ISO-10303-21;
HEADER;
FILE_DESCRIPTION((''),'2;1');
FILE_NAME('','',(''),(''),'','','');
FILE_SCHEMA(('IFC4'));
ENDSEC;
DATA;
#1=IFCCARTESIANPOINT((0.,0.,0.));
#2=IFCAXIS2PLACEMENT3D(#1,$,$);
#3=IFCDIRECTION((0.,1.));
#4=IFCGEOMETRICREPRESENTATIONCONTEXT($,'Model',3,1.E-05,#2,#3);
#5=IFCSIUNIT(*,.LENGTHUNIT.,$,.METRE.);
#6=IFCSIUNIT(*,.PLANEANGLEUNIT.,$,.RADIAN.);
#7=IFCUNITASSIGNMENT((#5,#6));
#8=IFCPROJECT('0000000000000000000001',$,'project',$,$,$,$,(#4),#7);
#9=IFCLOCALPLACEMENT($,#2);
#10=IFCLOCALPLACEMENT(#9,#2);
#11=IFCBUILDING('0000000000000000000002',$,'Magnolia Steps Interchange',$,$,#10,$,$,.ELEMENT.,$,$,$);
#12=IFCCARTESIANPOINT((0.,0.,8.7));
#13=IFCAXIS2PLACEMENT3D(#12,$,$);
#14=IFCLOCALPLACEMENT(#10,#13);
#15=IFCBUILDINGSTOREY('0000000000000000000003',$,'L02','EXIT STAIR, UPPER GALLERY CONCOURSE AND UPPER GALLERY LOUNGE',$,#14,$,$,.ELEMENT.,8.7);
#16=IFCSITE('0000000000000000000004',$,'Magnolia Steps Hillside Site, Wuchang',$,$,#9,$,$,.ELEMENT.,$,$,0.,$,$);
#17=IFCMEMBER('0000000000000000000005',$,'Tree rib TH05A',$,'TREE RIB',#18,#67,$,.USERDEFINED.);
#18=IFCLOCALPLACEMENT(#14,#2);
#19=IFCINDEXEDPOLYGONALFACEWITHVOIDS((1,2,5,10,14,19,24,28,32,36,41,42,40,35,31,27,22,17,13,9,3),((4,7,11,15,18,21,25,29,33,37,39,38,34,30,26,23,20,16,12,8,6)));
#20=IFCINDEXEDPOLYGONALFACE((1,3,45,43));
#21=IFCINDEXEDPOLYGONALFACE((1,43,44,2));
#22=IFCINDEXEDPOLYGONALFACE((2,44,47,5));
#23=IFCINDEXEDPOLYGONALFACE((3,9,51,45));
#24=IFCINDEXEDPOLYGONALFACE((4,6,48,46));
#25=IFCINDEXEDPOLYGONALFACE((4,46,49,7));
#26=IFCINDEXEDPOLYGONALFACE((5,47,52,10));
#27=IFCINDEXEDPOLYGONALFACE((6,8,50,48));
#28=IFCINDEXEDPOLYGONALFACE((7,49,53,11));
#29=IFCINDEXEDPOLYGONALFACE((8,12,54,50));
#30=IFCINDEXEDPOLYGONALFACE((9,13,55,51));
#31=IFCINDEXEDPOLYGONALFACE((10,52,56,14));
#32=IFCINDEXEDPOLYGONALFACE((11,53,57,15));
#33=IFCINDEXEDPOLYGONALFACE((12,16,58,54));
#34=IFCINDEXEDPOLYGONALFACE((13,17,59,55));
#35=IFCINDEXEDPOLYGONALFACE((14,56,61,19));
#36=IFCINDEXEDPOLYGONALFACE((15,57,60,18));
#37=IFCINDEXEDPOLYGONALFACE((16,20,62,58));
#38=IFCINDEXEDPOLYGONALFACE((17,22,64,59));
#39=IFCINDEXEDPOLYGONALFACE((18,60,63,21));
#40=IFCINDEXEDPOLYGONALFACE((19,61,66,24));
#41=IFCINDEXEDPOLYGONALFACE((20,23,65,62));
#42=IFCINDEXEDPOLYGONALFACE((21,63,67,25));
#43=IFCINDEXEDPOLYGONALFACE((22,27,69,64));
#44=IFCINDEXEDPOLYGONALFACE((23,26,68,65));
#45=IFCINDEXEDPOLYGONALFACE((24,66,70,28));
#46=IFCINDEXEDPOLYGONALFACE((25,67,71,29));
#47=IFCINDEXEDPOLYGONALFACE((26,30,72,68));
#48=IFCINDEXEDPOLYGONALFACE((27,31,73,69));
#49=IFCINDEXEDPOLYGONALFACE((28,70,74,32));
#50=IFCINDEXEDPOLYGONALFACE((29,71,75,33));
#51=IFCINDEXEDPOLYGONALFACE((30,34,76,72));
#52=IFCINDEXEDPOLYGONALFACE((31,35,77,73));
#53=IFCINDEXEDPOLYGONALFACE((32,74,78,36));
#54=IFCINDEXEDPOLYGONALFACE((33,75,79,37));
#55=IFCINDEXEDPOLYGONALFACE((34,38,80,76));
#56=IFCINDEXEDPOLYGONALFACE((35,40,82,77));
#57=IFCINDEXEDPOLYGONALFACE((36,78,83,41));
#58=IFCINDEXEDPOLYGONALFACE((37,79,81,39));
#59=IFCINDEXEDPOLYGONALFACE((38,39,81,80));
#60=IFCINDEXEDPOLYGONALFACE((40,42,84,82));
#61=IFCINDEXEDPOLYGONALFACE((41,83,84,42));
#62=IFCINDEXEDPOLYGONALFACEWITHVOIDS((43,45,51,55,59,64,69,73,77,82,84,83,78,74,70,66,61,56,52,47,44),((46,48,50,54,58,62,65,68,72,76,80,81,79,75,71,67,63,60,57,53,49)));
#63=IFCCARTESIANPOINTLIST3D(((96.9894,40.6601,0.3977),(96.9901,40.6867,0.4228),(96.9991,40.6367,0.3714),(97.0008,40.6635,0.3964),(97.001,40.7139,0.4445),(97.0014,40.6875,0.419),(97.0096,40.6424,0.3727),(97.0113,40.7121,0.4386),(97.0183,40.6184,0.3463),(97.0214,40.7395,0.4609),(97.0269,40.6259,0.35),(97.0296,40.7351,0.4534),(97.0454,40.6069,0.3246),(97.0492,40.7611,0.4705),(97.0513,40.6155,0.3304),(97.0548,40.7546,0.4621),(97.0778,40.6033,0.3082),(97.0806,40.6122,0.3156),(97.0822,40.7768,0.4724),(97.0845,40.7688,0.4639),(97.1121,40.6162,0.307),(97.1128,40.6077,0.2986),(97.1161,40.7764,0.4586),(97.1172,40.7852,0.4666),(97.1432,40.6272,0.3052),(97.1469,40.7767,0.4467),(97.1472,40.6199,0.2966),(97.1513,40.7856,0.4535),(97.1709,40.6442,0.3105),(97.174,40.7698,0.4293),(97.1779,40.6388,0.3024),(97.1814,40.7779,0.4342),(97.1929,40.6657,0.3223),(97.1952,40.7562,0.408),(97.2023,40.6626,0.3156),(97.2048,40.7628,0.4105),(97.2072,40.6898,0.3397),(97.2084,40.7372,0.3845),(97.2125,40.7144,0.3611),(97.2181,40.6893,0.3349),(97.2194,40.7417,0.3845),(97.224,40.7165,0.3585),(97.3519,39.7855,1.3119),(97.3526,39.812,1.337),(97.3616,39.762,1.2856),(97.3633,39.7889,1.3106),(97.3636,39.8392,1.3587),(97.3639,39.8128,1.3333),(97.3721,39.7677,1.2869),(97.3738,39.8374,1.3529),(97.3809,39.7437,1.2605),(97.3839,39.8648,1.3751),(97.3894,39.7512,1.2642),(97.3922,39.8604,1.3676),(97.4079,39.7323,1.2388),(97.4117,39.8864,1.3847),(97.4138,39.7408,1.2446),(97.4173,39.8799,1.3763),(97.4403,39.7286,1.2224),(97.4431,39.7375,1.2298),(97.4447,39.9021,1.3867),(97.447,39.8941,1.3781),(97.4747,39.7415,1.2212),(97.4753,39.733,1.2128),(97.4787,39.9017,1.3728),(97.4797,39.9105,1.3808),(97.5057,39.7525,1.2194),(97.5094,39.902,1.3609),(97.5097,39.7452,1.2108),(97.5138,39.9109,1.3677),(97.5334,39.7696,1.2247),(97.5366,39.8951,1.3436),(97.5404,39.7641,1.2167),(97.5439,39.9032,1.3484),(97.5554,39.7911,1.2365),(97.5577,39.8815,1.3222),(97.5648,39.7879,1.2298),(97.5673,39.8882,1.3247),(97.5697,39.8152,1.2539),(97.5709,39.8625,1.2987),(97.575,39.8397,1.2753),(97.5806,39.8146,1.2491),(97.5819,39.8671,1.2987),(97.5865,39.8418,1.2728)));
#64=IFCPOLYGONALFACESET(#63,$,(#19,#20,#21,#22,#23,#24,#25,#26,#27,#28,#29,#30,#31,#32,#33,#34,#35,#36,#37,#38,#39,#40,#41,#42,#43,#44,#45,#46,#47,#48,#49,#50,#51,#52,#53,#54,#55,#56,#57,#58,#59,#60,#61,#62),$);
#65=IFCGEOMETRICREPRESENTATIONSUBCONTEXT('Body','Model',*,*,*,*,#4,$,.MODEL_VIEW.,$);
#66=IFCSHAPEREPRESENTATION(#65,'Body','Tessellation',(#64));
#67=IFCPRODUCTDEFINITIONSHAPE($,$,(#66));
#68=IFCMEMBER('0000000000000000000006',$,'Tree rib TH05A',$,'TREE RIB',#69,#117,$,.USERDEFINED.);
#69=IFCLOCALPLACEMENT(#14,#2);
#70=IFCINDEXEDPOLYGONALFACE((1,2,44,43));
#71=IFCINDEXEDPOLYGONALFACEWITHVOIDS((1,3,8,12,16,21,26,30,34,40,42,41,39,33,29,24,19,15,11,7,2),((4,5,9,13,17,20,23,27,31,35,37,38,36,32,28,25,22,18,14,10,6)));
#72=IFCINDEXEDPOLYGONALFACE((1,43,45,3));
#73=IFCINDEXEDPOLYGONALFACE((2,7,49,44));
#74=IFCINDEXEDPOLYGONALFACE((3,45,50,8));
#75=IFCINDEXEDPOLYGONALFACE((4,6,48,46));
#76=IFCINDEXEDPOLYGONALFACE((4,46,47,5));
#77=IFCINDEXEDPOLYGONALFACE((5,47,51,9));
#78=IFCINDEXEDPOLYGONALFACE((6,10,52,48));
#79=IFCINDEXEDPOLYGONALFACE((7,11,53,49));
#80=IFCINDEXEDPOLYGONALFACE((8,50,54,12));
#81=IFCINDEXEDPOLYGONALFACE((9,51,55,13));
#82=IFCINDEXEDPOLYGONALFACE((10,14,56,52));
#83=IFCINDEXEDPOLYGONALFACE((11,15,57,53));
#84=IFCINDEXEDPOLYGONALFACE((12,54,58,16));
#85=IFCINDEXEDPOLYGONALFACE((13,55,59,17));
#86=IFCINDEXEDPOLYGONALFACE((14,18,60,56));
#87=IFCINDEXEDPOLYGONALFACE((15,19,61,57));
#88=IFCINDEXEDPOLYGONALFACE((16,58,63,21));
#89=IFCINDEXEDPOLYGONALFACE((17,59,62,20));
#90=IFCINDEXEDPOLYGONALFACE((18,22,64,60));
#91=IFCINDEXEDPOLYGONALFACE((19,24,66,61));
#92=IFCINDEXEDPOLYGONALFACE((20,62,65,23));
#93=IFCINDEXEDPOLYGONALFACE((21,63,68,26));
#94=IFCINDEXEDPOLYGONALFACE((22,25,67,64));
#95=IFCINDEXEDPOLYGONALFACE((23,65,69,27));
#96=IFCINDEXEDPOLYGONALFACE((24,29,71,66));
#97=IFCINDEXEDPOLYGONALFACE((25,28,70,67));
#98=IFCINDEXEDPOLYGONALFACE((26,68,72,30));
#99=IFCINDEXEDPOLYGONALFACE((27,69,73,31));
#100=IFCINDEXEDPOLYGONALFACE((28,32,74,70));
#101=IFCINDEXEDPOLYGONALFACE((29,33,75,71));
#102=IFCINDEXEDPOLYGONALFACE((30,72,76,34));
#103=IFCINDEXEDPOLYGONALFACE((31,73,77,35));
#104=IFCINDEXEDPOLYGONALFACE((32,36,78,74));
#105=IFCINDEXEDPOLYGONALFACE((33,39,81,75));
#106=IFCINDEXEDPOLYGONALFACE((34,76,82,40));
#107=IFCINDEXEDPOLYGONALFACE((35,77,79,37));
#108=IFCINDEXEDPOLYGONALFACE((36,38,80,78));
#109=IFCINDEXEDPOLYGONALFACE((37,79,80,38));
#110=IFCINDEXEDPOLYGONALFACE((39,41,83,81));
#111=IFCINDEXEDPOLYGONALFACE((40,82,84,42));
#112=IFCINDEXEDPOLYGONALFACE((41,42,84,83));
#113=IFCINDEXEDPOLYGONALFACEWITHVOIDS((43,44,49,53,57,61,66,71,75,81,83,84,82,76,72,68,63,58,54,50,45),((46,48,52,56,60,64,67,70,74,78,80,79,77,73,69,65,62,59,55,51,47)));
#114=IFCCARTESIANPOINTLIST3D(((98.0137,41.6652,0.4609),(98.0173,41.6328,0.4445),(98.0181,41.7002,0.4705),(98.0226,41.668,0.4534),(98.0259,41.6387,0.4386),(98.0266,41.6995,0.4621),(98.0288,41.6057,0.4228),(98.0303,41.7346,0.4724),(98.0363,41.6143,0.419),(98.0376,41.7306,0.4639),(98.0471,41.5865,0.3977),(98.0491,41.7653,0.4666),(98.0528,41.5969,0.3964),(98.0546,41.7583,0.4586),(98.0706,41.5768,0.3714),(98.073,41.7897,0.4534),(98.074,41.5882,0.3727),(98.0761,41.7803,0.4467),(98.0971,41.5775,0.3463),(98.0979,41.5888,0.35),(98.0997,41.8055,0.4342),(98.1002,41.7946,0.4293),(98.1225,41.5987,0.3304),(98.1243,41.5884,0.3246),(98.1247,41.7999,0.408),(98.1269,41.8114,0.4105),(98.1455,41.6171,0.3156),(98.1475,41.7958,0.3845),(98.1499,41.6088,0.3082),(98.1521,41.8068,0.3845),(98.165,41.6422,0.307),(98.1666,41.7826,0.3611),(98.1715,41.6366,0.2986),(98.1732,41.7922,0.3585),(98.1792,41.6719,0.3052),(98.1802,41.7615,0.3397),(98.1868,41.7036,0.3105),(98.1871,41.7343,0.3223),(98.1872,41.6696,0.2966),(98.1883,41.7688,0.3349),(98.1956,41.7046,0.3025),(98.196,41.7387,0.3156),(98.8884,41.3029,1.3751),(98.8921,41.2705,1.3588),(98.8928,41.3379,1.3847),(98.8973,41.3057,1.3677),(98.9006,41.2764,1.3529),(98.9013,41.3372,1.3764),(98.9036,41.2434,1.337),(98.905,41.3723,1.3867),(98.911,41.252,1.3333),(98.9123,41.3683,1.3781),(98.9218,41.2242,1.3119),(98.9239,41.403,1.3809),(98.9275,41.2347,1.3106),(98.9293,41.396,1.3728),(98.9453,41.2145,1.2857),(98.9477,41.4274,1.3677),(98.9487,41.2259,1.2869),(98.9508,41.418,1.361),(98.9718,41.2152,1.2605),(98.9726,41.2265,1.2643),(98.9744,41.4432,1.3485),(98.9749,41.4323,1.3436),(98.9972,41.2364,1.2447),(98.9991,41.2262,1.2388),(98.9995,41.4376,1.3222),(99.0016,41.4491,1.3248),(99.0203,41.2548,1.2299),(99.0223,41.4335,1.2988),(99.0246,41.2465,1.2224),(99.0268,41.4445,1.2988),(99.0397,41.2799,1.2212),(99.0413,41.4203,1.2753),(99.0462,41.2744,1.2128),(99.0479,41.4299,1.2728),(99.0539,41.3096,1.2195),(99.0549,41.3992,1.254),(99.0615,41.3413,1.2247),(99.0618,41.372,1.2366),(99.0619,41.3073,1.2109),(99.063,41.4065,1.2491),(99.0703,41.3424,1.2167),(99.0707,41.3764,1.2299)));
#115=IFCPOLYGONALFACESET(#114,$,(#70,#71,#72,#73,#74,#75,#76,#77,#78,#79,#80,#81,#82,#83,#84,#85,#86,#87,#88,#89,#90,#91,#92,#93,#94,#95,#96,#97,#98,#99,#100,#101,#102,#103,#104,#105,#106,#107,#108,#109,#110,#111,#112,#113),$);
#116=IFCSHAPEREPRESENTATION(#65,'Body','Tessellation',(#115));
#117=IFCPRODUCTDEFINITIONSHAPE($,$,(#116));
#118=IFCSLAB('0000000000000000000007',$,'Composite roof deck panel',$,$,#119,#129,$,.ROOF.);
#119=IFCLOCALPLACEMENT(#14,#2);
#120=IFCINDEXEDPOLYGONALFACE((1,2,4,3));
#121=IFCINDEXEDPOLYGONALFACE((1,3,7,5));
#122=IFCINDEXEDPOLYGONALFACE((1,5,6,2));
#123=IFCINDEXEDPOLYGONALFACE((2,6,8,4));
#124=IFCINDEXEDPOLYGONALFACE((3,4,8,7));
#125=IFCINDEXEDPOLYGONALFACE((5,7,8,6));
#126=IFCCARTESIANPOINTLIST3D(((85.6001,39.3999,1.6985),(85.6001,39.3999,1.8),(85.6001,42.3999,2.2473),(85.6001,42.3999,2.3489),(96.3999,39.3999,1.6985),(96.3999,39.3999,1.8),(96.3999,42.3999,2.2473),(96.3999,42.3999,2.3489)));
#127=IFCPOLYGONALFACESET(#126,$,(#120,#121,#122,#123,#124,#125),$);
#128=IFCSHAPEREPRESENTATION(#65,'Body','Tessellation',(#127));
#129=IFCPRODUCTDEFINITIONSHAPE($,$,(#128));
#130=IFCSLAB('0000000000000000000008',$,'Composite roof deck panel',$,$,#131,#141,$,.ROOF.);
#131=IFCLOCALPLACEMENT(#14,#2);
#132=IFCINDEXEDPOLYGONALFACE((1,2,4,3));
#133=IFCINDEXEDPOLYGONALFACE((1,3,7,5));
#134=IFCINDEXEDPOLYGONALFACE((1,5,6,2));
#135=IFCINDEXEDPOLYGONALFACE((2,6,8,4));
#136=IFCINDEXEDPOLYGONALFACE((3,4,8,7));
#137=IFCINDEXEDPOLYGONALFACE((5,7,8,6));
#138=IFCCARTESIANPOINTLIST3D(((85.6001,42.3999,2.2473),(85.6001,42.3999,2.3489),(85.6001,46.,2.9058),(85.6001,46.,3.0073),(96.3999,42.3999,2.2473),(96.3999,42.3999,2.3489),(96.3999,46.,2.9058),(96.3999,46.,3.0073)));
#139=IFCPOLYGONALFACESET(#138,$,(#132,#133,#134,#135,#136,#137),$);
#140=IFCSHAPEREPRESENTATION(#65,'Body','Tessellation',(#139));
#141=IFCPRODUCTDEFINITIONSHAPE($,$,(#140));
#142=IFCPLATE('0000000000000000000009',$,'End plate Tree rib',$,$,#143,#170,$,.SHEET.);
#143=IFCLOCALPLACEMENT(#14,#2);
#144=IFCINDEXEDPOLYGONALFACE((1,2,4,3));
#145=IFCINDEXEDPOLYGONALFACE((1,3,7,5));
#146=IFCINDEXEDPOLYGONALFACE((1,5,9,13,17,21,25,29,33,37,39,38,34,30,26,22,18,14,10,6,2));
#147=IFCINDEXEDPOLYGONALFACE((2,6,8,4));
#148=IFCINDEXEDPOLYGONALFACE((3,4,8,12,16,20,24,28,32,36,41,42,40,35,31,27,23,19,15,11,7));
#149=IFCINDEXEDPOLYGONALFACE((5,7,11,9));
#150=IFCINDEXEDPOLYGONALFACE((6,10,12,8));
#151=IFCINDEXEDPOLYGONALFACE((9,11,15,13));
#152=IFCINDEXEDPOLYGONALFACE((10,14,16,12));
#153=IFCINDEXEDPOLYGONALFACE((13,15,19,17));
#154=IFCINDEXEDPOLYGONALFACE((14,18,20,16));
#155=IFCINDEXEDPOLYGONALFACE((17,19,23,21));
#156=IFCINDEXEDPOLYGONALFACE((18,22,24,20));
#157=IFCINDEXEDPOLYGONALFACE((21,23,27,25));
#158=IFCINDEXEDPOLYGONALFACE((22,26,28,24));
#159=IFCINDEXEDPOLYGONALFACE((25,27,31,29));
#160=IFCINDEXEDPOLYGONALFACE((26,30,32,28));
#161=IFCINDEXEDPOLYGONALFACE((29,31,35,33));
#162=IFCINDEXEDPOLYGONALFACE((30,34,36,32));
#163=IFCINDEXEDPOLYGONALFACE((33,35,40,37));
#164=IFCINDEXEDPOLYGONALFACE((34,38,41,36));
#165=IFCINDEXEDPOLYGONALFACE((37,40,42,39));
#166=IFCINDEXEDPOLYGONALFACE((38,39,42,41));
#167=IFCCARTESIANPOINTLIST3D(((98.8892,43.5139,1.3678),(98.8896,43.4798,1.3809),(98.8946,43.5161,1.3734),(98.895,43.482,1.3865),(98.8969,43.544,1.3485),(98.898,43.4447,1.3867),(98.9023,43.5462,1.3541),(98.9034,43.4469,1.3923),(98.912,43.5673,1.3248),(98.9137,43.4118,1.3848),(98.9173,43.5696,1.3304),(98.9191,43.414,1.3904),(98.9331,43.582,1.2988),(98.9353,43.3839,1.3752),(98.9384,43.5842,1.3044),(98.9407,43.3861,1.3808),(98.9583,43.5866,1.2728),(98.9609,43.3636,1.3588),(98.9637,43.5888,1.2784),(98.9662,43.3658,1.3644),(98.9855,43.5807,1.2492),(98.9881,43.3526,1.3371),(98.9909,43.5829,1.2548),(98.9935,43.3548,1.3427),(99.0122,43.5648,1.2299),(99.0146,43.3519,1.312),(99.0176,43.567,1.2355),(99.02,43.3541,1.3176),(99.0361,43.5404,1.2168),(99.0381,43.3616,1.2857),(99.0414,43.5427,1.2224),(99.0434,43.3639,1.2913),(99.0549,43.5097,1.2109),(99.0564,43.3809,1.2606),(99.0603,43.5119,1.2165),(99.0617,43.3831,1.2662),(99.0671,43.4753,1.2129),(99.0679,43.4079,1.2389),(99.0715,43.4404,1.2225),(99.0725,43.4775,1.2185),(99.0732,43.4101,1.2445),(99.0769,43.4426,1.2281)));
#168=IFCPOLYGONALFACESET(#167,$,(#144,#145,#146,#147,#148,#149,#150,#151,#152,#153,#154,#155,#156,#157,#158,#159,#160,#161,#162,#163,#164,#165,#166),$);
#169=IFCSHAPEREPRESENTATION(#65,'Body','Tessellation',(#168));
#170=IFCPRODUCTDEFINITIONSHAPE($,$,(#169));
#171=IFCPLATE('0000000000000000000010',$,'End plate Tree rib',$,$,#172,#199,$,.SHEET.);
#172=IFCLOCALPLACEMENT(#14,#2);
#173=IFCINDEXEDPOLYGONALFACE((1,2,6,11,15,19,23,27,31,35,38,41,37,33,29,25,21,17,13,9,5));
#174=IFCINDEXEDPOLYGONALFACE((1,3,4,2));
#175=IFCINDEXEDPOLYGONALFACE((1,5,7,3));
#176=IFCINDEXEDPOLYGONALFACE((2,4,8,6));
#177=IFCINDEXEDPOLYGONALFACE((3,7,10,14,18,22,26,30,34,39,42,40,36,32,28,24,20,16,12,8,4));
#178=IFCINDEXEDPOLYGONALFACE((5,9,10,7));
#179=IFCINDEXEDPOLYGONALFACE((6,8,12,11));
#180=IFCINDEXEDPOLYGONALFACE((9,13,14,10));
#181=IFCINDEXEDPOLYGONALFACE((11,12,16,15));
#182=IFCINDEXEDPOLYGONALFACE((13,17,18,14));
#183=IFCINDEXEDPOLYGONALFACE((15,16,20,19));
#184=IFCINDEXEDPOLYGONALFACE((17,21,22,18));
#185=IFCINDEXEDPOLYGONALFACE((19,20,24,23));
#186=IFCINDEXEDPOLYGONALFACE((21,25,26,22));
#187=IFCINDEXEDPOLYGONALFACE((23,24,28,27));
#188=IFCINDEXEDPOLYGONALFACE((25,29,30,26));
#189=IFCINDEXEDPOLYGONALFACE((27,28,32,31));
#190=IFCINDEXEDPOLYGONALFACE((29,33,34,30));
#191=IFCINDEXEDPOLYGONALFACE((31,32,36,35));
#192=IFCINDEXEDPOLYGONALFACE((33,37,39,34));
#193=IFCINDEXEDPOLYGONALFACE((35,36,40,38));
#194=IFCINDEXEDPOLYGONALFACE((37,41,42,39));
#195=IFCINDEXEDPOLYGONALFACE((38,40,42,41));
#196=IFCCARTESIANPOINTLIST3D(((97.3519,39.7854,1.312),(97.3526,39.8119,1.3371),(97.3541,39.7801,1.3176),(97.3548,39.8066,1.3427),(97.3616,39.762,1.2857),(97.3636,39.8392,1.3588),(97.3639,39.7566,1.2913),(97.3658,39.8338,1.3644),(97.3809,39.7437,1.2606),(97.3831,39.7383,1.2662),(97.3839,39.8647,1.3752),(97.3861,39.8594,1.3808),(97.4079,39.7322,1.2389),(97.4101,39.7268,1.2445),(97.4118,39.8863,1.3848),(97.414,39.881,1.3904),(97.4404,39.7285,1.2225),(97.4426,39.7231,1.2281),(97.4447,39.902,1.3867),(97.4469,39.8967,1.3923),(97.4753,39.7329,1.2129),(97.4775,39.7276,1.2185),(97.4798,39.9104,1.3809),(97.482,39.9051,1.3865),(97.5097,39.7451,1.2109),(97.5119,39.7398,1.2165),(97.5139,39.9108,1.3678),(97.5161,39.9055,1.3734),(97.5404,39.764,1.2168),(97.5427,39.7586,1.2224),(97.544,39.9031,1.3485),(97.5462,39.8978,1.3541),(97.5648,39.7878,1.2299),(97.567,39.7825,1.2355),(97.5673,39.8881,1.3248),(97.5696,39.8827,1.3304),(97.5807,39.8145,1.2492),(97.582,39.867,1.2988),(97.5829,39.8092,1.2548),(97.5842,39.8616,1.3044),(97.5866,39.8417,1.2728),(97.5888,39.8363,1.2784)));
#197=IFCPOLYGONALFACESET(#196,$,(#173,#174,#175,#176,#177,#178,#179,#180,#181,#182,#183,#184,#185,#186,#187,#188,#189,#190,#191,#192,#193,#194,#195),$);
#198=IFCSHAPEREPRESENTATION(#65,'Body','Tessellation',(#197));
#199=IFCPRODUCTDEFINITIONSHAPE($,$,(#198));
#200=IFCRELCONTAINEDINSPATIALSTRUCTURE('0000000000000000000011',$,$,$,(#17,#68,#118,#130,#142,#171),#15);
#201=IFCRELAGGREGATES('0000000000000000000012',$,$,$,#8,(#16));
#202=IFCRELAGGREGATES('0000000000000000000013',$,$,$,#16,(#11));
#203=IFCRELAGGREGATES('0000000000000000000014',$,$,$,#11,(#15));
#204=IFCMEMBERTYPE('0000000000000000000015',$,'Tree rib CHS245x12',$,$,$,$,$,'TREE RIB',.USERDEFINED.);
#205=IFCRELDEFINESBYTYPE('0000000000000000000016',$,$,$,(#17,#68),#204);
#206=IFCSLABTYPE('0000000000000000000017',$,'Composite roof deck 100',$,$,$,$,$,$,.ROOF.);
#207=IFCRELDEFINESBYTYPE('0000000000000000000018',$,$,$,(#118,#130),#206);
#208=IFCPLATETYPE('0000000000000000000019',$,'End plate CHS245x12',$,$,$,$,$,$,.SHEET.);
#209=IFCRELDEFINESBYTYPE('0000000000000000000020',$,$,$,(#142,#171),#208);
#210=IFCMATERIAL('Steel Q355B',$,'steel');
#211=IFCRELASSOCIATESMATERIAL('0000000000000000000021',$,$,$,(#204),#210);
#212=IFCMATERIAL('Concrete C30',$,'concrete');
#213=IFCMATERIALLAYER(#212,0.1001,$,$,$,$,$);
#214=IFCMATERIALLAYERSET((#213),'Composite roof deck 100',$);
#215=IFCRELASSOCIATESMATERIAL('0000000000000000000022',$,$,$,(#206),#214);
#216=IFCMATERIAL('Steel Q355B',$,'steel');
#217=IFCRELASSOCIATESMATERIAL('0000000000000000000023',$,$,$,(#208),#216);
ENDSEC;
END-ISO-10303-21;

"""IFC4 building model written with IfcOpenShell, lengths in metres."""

from ifc_helpers import new_model, si_unit, direction, frame, origin, origin_2d, place, context, subcontext, project, spatial, polyline, circle, hollow_circle, outline, extrude, material, layer, layer_set, material_profile, profile_set, type_object, element, save


model = new_model("IFC4")

# Units and contexts
model_context = context("Model", 3, precision=1e-05, world=origin(), true_north=direction((0.0, 1.0)))
body_context = subcontext(model_context, "Body", "Model", "MODEL_VIEW")
ifc_project = project(units=[si_unit("LENGTHUNIT", "METRE"), si_unit("PLANEANGLEUNIT", "RADIAN")], contexts=[model_context])

# Site, building, storey
site_placement = place(None, origin())
site = spatial("IfcSite", under=ifc_project, at=site_placement, Name="Magnolia Steps Hillside Site, Wuchang", CompositionType="ELEMENT", RefElevation=0.0)
building_placement = place(site_placement, origin())
building = spatial("IfcBuilding", under=site, at=building_placement, Name="Magnolia Steps Interchange", CompositionType="ELEMENT")
storey_placement = place(building_placement, frame((0.0, 0.0, 8.7)))
storey = spatial("IfcBuildingStorey", under=building, at=storey_placement, Name="L02", Description="EXIT STAIR, UPPER GALLERY CONCOURSE AND UPPER GALLERY LOUNGE", CompositionType="ELEMENT", Elevation=8.7)

# Members
ifc_material_1 = material(Name="Steel Q355B", Category="steel")
ifc_material_profile_1 = material_profile(ifc_material_1, hollow_circle(Radius=0.1226, WallThickness=0.012, at=origin_2d()), Name="CHS245x12")
ifc_profile_set_1 = profile_set([ifc_material_profile_1], Name="Steel Q355B")
member_type = type_object("IfcMemberType", Name="Tree rib CHS245x12", ElementType="TREE RIB", PredefinedType="USERDEFINED", material=ifc_profile_set_1)
for number, where, z_axis, x_axis, name in (
    (1, (97.1062, 40.6948, 0.3845), (0.275434, -0.664566, 0.694613), (0.9238, 0.382876, 0.0), "Tree rib TH05A"),
    (2, (98.1052, 41.6936, 0.3845), (0.6646, -0.275263, 0.694649), (0.382655, 0.923891, 0.0), "Tree rib TH05A"),
):
    element("IfcMember", number, at=place(storey_placement, frame(where, z_axis=z_axis, x_axis=x_axis)), inside=storey, type_object=member_type, Name=name, ObjectType="TREE RIB", PredefinedType="USERDEFINED", context=body_context, shape_type="SweptSolid", body=[
        extrude(hollow_circle(Radius=0.1226, WallThickness=0.012, at=origin_2d()), origin(), (0.0, 0.0, 1.0), 1.3162),
    ])

# Slabs
ifc_material_2 = material(Name="Concrete C30", Category="concrete")
ifc_layer_1 = layer(ifc_material_2, 0.1001)
ifc_layer_set_1 = layer_set([ifc_layer_1], Name="Composite roof deck 100")
slab_type = type_object("IfcSlabType", Name="Composite roof deck 100", PredefinedType="ROOF", material=ifc_layer_set_1)
slab_1_placement = place(storey_placement, frame((96.3999, 39.3999, 1.8), z_axis=(0.0, -0.179956, 0.983675), x_axis=(0.0, 0.983675, 0.179956)))
element("IfcSlab", 3, at=slab_1_placement, inside=storey, type_object=slab_type, Name="Composite roof deck panel", PredefinedType="ROOF", context=body_context, shape_type="SweptSolid", body=[
    extrude(outline(polyline([(0.0, 0.0), (3.0498, 0.0), (3.0498, 10.7998), (0.0, 10.7998), (0.0, 0.0)])), origin(), (-0.179956, 0.0, -0.983675), 0.1016),
])
slab_2_placement = place(storey_placement, frame((96.3999, 42.3999, 2.3489), z_axis=(0.0, -0.179913, 0.983683), x_axis=(0.0, 0.983683, 0.179913)))
element("IfcSlab", 4, at=slab_2_placement, inside=storey, type_object=slab_type, Name="Composite roof deck panel", PredefinedType="ROOF", context=body_context, shape_type="SweptSolid", body=[
    extrude(outline(polyline([(0.0, 0.0), (3.6598, 0.0), (3.6598, 10.7998), (0.0, 10.7998), (0.0, 0.0)])), origin(), (-0.179913, 0.0, -0.983683), 0.1016),
])

# Plates
ifc_material_3 = material(Name="Steel Q355B", Category="steel")
ifc_material_profile_2 = material_profile(ifc_material_3, circle(Radius=0.1226, at=origin_2d()), Name="End plate CHS245x12")
ifc_profile_set_2 = profile_set([ifc_material_profile_2], Name="Steel Q355B")
plate_type_1 = type_object("IfcPlateType", Name="End plate CHS245x12", PredefinedType="SHEET", material=ifc_profile_set_2)
for number, where, z_axis, x_axis, name in (
    (5, (98.98, 43.4688, 1.2988), (0.664583, 0.275279, 0.694658), (-0.382683, 0.92388, 0.0), "End plate Tree rib"),
    (6, (97.4688, 39.8201, 1.2988), (0.275279, -0.664583, 0.694658), (0.92388, 0.382683, 0.0), "End plate Tree rib"),
):
    element("IfcPlate", number, at=place(storey_placement, frame(where, z_axis=z_axis, x_axis=x_axis)), inside=storey, type_object=plate_type_1, Name=name, PredefinedType="SHEET", context=body_context, shape_type="SweptSolid", body=[
        extrude(circle(Radius=0.1226, at=origin_2d()), origin(), (0.0, 0.0, 1.0), 0.0081),
    ])

save(model, "model.ifc")
